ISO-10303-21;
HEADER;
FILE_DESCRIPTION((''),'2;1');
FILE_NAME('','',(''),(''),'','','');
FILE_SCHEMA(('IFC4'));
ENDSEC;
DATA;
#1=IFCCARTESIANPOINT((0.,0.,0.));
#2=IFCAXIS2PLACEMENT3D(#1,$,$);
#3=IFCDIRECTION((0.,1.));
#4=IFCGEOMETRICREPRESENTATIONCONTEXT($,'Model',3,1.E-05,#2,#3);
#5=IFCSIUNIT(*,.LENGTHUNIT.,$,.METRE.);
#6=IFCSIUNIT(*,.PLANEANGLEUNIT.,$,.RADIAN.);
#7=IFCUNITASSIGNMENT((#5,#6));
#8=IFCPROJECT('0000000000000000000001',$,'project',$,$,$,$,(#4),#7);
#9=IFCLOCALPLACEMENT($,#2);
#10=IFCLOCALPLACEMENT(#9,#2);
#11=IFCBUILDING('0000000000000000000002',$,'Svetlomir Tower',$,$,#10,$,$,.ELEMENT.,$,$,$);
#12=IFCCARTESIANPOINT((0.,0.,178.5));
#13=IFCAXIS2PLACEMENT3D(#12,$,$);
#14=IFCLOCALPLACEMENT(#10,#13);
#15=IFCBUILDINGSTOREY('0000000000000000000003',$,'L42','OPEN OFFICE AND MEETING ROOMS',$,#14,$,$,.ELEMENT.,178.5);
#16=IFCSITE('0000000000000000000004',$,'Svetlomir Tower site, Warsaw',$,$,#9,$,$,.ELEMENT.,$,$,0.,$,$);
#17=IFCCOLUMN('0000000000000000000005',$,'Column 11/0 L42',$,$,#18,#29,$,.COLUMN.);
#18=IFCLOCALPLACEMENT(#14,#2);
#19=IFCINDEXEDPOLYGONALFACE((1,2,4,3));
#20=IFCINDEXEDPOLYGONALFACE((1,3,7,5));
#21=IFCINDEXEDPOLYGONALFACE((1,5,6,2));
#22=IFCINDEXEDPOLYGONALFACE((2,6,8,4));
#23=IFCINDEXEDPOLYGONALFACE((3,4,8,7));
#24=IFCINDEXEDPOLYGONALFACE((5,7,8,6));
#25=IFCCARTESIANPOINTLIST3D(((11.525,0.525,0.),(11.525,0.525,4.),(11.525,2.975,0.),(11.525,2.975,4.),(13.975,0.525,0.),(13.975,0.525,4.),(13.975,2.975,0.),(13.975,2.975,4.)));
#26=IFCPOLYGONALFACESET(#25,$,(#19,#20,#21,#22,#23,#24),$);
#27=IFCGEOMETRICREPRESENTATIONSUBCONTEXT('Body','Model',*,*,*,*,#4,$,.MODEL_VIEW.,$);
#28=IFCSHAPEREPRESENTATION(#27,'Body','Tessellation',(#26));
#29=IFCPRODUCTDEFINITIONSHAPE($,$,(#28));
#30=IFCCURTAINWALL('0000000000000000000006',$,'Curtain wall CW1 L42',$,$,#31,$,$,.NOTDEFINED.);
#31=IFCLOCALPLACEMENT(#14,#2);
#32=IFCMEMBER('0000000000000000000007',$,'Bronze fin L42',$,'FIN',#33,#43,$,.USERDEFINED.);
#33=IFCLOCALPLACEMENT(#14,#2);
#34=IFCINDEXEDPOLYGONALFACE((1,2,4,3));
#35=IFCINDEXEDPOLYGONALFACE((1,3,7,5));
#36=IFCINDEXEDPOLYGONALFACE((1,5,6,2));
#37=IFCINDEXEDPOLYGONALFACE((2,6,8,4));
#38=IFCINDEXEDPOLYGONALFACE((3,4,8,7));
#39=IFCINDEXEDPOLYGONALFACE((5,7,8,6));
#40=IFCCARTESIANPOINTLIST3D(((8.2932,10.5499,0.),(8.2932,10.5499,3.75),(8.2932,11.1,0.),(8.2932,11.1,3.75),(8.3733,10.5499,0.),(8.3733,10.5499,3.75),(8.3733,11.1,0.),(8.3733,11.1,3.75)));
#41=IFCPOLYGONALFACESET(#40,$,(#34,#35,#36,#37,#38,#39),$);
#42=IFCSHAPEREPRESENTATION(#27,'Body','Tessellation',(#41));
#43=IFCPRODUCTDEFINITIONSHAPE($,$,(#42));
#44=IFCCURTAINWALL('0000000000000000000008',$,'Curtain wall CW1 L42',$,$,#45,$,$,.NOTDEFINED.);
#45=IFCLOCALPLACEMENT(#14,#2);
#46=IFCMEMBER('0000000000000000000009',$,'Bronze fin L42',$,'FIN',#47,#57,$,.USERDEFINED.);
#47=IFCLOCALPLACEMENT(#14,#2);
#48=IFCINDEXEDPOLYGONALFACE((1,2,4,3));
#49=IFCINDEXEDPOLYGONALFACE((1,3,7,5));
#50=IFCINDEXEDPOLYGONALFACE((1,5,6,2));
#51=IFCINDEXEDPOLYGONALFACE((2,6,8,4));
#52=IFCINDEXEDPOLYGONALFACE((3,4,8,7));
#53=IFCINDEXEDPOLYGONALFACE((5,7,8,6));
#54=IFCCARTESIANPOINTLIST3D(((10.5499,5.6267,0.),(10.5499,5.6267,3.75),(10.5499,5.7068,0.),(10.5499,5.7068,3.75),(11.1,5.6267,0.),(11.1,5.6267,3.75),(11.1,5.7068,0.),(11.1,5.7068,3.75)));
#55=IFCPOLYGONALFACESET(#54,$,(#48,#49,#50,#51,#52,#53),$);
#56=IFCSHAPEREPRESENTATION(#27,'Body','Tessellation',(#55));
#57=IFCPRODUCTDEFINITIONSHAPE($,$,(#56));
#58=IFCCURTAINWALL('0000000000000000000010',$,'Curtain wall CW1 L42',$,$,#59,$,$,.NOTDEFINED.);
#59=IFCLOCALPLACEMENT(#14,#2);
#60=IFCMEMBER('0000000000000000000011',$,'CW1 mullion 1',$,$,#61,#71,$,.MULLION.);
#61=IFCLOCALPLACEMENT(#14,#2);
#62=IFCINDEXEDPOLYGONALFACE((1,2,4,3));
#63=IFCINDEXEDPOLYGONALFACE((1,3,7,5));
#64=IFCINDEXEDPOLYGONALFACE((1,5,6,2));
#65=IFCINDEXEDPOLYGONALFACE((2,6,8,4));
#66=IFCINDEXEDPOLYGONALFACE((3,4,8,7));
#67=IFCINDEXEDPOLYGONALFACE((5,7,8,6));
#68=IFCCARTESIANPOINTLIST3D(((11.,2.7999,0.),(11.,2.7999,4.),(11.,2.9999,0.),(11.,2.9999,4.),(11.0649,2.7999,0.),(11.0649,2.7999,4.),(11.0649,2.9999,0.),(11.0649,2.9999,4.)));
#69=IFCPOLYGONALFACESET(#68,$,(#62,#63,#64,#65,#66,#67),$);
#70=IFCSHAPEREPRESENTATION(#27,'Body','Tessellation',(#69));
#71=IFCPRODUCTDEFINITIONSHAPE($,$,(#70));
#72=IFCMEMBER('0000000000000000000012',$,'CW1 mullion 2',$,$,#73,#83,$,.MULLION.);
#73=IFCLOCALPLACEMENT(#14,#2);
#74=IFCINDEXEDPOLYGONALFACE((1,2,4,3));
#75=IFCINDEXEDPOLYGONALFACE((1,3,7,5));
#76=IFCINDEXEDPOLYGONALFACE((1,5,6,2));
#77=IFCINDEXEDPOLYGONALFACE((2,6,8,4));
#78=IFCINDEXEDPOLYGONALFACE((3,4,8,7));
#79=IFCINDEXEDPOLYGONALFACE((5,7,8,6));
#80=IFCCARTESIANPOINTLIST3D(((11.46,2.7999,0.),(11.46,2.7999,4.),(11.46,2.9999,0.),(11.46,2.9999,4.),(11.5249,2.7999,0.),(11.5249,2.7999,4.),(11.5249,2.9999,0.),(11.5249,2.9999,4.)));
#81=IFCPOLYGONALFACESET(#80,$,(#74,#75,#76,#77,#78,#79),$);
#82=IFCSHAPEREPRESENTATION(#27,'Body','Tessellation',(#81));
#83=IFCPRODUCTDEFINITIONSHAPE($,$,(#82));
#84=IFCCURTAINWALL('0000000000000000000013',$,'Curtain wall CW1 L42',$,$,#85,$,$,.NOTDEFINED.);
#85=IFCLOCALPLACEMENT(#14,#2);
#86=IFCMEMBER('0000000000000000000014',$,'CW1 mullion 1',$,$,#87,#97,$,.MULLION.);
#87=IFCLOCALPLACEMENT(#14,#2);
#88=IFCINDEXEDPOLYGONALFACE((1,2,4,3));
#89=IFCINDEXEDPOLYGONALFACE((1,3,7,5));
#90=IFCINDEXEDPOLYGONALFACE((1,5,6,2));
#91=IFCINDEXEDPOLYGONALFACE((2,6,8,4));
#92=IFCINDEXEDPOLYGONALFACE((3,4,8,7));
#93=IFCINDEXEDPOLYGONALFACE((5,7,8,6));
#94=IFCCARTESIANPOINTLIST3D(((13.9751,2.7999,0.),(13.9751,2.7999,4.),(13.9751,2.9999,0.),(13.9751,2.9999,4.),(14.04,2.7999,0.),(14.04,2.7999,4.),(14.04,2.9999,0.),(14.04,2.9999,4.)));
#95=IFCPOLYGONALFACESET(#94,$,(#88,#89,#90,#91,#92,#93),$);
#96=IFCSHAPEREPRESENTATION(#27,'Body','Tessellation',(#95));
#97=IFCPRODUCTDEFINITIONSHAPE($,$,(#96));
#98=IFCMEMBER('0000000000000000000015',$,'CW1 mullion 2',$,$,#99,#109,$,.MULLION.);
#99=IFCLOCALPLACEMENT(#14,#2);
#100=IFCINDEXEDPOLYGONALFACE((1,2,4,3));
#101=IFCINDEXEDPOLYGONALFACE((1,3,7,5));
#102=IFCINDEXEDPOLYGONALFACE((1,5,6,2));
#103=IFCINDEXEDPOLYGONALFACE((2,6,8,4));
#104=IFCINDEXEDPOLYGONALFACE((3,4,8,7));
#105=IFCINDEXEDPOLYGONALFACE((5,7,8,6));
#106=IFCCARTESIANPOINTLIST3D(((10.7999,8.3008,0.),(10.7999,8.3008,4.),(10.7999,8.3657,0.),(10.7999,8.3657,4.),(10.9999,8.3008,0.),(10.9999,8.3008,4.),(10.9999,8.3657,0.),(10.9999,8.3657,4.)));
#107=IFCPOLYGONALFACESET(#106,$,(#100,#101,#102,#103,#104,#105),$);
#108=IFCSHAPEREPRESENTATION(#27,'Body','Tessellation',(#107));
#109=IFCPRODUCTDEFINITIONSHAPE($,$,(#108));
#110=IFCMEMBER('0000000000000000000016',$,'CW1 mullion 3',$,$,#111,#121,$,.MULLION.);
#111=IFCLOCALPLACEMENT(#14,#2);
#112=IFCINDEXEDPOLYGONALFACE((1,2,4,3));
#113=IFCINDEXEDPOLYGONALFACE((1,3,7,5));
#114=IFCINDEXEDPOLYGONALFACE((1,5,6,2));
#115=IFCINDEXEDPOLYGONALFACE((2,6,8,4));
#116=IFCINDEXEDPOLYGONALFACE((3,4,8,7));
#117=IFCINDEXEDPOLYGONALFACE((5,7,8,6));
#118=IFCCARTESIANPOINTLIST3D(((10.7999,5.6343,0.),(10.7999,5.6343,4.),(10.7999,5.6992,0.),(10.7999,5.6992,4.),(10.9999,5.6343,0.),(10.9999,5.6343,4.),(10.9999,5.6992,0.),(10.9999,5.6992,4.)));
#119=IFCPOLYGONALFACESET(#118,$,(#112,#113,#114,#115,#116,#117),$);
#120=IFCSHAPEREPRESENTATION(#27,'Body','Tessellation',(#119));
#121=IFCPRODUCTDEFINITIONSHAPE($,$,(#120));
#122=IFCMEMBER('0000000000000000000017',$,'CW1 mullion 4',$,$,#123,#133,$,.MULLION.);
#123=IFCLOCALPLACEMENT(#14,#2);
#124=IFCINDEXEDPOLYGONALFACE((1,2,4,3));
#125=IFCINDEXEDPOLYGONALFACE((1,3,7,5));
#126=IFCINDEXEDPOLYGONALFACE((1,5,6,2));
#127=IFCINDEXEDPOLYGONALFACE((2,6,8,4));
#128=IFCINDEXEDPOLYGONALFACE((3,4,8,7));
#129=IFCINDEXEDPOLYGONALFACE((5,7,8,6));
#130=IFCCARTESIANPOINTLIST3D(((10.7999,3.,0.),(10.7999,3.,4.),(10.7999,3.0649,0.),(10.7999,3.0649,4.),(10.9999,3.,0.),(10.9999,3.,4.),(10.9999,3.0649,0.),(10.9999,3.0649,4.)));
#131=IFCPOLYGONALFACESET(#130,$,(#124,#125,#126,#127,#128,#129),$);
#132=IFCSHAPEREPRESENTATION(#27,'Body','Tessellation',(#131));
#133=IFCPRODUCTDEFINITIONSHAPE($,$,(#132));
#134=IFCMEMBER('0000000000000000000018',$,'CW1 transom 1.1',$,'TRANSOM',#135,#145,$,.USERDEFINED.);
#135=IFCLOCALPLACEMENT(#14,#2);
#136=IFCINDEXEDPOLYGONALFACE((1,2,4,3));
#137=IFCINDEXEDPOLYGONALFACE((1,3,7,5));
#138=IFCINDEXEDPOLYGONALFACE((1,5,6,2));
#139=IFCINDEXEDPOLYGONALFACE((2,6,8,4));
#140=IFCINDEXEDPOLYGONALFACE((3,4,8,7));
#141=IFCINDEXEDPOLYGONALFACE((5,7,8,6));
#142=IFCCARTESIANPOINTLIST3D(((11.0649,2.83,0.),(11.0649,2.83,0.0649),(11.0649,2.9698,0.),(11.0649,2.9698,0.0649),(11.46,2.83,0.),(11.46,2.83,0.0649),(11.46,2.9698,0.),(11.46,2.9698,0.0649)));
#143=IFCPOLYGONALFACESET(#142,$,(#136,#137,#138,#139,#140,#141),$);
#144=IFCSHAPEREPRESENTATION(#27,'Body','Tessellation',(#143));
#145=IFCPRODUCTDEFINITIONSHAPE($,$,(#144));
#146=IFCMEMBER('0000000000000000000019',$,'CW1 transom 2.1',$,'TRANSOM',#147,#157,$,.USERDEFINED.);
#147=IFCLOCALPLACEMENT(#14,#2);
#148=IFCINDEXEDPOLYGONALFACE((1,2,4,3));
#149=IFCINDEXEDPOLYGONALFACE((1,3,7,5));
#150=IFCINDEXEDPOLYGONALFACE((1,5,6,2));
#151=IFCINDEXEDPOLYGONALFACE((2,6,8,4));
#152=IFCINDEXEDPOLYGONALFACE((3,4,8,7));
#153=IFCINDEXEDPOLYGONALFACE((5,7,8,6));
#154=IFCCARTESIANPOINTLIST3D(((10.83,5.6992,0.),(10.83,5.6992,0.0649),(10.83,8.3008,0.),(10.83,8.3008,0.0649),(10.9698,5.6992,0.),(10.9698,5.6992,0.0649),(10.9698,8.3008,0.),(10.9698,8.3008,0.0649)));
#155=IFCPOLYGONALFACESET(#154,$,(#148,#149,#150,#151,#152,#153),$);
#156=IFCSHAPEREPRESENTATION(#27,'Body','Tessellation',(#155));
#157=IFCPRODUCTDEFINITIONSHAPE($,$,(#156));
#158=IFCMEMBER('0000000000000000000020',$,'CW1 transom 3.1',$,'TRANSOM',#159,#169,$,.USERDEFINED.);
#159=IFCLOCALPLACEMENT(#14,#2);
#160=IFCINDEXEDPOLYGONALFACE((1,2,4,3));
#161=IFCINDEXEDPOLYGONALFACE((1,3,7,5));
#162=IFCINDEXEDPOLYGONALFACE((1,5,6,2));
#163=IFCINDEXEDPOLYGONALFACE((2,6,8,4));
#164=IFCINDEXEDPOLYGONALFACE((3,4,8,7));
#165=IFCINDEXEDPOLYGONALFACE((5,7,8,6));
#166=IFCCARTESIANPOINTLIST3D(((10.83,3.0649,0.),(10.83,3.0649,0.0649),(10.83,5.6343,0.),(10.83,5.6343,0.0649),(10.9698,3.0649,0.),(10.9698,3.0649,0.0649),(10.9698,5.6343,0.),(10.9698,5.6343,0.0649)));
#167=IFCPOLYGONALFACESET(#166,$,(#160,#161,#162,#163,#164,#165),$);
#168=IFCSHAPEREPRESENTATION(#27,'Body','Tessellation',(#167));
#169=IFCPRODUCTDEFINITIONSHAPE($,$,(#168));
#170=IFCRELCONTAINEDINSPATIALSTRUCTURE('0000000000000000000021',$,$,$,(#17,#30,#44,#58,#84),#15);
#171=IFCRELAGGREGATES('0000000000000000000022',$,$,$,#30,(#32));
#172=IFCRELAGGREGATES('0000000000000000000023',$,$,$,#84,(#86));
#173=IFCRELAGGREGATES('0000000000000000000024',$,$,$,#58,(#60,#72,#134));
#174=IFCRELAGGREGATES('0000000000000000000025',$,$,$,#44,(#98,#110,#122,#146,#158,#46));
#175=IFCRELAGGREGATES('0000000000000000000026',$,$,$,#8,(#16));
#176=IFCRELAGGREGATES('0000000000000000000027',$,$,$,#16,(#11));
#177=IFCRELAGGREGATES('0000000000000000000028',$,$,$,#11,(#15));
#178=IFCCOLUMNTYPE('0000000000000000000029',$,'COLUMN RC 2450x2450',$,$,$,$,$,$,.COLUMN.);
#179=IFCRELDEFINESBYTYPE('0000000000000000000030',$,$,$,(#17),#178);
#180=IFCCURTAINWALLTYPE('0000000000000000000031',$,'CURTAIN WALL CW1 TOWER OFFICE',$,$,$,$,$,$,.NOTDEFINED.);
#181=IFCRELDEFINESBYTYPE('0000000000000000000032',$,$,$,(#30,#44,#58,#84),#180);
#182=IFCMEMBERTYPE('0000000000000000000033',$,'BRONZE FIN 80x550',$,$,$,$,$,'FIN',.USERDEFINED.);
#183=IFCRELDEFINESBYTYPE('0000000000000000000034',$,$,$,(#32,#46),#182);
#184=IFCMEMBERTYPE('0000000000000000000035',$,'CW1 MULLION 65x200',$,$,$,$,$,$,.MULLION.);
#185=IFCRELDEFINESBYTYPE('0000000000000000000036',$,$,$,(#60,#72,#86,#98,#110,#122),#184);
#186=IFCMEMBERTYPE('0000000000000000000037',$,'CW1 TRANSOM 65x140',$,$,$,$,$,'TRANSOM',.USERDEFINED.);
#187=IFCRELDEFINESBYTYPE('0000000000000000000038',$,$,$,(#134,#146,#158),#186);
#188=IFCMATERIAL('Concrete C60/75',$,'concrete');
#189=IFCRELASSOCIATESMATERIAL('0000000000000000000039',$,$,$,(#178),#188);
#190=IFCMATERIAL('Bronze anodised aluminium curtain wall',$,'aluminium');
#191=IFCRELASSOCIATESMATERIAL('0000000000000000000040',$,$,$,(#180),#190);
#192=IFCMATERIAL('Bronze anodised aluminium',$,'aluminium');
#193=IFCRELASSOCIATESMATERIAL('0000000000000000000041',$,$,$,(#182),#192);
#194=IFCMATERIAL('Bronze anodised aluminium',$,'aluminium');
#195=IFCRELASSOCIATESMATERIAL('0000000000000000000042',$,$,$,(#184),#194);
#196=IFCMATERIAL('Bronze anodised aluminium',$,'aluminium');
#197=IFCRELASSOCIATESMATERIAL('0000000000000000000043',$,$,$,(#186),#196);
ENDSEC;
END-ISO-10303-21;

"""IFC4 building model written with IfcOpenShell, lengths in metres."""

from ifc_helpers import new_model, si_unit, direction, frame, origin, origin_2d, place, context, subcontext, project, spatial, rectangle, extrude, material, material_profile, profile_set, type_object, element, aggregate, save


model = new_model("IFC4")

# Units and contexts
model_context = context("Model", 3, precision=1e-05, world=origin(), true_north=direction((0.0, 1.0)))
body_context = subcontext(model_context, "Body", "Model", "MODEL_VIEW")
ifc_project = project(units=[si_unit("LENGTHUNIT", "METRE"), si_unit("PLANEANGLEUNIT", "RADIAN")], contexts=[model_context])

# Site, building, storey
site_placement = place(None, origin())
site = spatial("IfcSite", under=ifc_project, at=site_placement, Name="Svetlomir Tower site, Warsaw", CompositionType="ELEMENT", RefElevation=0.0)
building_placement = place(site_placement, origin())
building = spatial("IfcBuilding", under=site, at=building_placement, Name="Svetlomir Tower", CompositionType="ELEMENT")
storey_placement = place(building_placement, frame((0.0, 0.0, 178.5)))
storey = spatial("IfcBuildingStorey", under=building, at=storey_placement, Name="L42", Description="OPEN OFFICE AND MEETING ROOMS", CompositionType="ELEMENT", Elevation=178.5)

# Column
ifc_material_1 = material(Name="Concrete C60/75", Category="concrete")
ifc_material_profile_1 = material_profile(ifc_material_1, rectangle(XDim=2.45, YDim=2.45, at=origin_2d()), Name="RC 2450x2450")
ifc_profile_set_1 = profile_set([ifc_material_profile_1], Name="Concrete C60/75")
column_type = type_object("IfcColumnType", Name="COLUMN RC 2450x2450", PredefinedType="COLUMN", material=ifc_profile_set_1)
column_placement = place(storey_placement, frame((12.75, 1.75, 0.0), z_axis=(0.0, 0.0, 1.0), x_axis=(1.0, 0.0, 0.0)))
element("IfcColumn", 1, at=column_placement, inside=storey, type_object=column_type, Name="Column 11/0 L42", PredefinedType="COLUMN", context=body_context, shape_type="SweptSolid", body=[
    extrude(rectangle(XDim=2.45, YDim=2.45, at=origin_2d()), origin(), (0.0, 0.0, 1.0), 4.0),
])

# Curtain walls, members
ifc_material_2 = material(Name="Bronze anodised aluminium curtain wall", Category="aluminium")
curtain_wall_type = type_object("IfcCurtainWallType", Name="CURTAIN WALL CW1 TOWER OFFICE", PredefinedType="NOTDEFINED", material=ifc_material_2)
curtain_wall_1_placement = place(storey_placement, origin())
curtain_wall_1 = element("IfcCurtainWall", 2, at=curtain_wall_1_placement, inside=storey, type_object=curtain_wall_type, Name="Curtain wall CW1 L42", PredefinedType="NOTDEFINED")
ifc_material_3 = material(Name="Bronze anodised aluminium", Category="aluminium")
ifc_material_profile_2 = material_profile(ifc_material_3, rectangle(XDim=0.0801, YDim=0.55, at=origin_2d()), Name="FIN 80x550")
ifc_profile_set_2 = profile_set([ifc_material_profile_2], Name="Bronze anodised aluminium 6063-T6")
member_type_1 = type_object("IfcMemberType", Name="BRONZE FIN 80x550", ElementType="FIN", PredefinedType="USERDEFINED", material=ifc_profile_set_2)
member_1_placement = place(storey_placement, frame((8.3333, 10.825, 0.0), z_axis=(0.0, 0.0, 1.0), x_axis=(1.0, 0.0, 0.0)))
member_1 = element("IfcMember", 3, at=member_1_placement, type_object=member_type_1, Name="Bronze fin L42", ObjectType="FIN", PredefinedType="USERDEFINED", context=body_context, shape_type="SweptSolid", body=[
    extrude(rectangle(XDim=0.0801, YDim=0.55, at=origin_2d()), origin(), (0.0, 0.0, 1.0), 3.75),
])
aggregate(curtain_wall_1, [member_1])
curtain_wall_2_placement = place(storey_placement, origin())
curtain_wall_2 = element("IfcCurtainWall", 4, at=curtain_wall_2_placement, inside=storey, type_object=curtain_wall_type, Name="Curtain wall CW1 L42", PredefinedType="NOTDEFINED")
member_2_placement = place(storey_placement, frame((10.825, 5.6667, 0.0), z_axis=(0.0, 0.0, 1.0), x_axis=(0.0, 1.0, 0.0)))
member_2 = element("IfcMember", 5, at=member_2_placement, type_object=member_type_1, Name="Bronze fin L42", ObjectType="FIN", PredefinedType="USERDEFINED", context=body_context, shape_type="SweptSolid", body=[
    extrude(rectangle(XDim=0.0801, YDim=0.55, at=origin_2d()), origin(), (0.0, 0.0, 1.0), 3.75),
])

# Curtain wall, members
curtain_wall_3_placement = place(storey_placement, origin())
curtain_wall_3 = element("IfcCurtainWall", 6, at=curtain_wall_3_placement, inside=storey, type_object=curtain_wall_type, Name="Curtain wall CW1 L42", PredefinedType="NOTDEFINED")
ifc_material_4 = material(Name="Bronze anodised aluminium", Category="aluminium")
ifc_material_profile_3 = material_profile(ifc_material_4, rectangle(XDim=0.0649, YDim=0.2, at=origin_2d()), Name="AL 65x200")
ifc_profile_set_3 = profile_set([ifc_material_profile_3], Name="Bronze anodised aluminium 6063-T6")
member_type_2 = type_object("IfcMemberType", Name="CW1 MULLION 65x200", PredefinedType="MULLION", material=ifc_profile_set_3)
member_3_placement = place(storey_placement, frame((11.0325, 2.8999, 0.0), z_axis=(0.0, 0.0, 1.0), x_axis=(1.0, 0.0, 0.0)))
member_3 = element("IfcMember", 7, at=member_3_placement, type_object=member_type_2, Name="CW1 mullion 1", PredefinedType="MULLION", context=body_context, shape_type="SweptSolid", body=[
    extrude(rectangle(XDim=0.0649, YDim=0.2, at=origin_2d()), origin(), (0.0, 0.0, 1.0), 4.0),
])
member_4_placement = place(storey_placement, frame((11.4924, 2.8999, 0.0), z_axis=(0.0, 0.0, 1.0), x_axis=(1.0, 0.0, 0.0)))
member_4 = element("IfcMember", 8, at=member_4_placement, type_object=member_type_2, Name="CW1 mullion 2", PredefinedType="MULLION", context=body_context, shape_type="SweptSolid", body=[
    extrude(rectangle(XDim=0.0649, YDim=0.2, at=origin_2d()), origin(), (0.0, 0.0, 1.0), 4.0),
])

# Curtain wall, member
curtain_wall_4_placement = place(storey_placement, origin())
curtain_wall_4 = element("IfcCurtainWall", 9, at=curtain_wall_4_placement, inside=storey, type_object=curtain_wall_type, Name="Curtain wall CW1 L42", PredefinedType="NOTDEFINED")
member_5_placement = place(storey_placement, frame((14.0076, 2.8999, 0.0), z_axis=(0.0, 0.0, 1.0), x_axis=(1.0, 0.0, 0.0)))
member_5 = element("IfcMember", 10, at=member_5_placement, type_object=member_type_2, Name="CW1 mullion 1", PredefinedType="MULLION", context=body_context, shape_type="SweptSolid", body=[
    extrude(rectangle(XDim=0.0649, YDim=0.2, at=origin_2d()), origin(), (0.0, 0.0, 1.0), 4.0),
])
aggregate(curtain_wall_4, [member_5])

# Members
member_6_placement = place(storey_placement, frame((10.8999, 8.3333, 0.0), z_axis=(0.0, 0.0, 1.0), x_axis=(0.0, -1.0, 0.0)))
member_6 = element("IfcMember", 11, at=member_6_placement, type_object=member_type_2, Name="CW1 mullion 2", PredefinedType="MULLION", context=body_context, shape_type="SweptSolid", body=[
    extrude(rectangle(XDim=0.0649, YDim=0.2, at=origin_2d()), origin(), (0.0, 0.0, 1.0), 4.0),
])
member_7_placement = place(storey_placement, frame((10.8999, 5.6667, 0.0), z_axis=(0.0, 0.0, 1.0), x_axis=(0.0, -1.0, 0.0)))
member_7 = element("IfcMember", 12, at=member_7_placement, type_object=member_type_2, Name="CW1 mullion 3", PredefinedType="MULLION", context=body_context, shape_type="SweptSolid", body=[
    extrude(rectangle(XDim=0.0649, YDim=0.2, at=origin_2d()), origin(), (0.0, 0.0, 1.0), 4.0),
])
member_8_placement = place(storey_placement, frame((10.8999, 3.0325, 0.0), z_axis=(0.0, 0.0, 1.0), x_axis=(0.0, -1.0, 0.0)))
member_8 = element("IfcMember", 13, at=member_8_placement, type_object=member_type_2, Name="CW1 mullion 4", PredefinedType="MULLION", context=body_context, shape_type="SweptSolid", body=[
    extrude(rectangle(XDim=0.0649, YDim=0.2, at=origin_2d()), origin(), (0.0, 0.0, 1.0), 4.0),
])
ifc_material_5 = material(Name="Bronze anodised aluminium", Category="aluminium")
ifc_material_profile_4 = material_profile(ifc_material_5, rectangle(XDim=0.1399, YDim=0.0649, at=origin_2d()), Name="AL 140x65")
ifc_profile_set_4 = profile_set([ifc_material_profile_4], Name="Bronze anodised aluminium 6063-T6")
member_type_3 = type_object("IfcMemberType", Name="CW1 TRANSOM 65x140", ElementType="TRANSOM", PredefinedType="USERDEFINED", material=ifc_profile_set_4)
member_9_placement = place(storey_placement, frame((11.0649, 2.8999, 0.0325), z_axis=(1.0, 0.0, 0.0), x_axis=(0.0, 1.0, 0.0)))
member_9 = element("IfcMember", 14, at=member_9_placement, type_object=member_type_3, Name="CW1 transom 1.1", ObjectType="TRANSOM", PredefinedType="USERDEFINED", context=body_context, shape_type="SweptSolid", body=[
    extrude(rectangle(XDim=0.1399, YDim=0.0649, at=origin_2d()), origin(), (0.0, 0.0, 1.0), 0.395),
])
member_10_placement = place(storey_placement, frame((10.8999, 8.3008, 0.0325), z_axis=(0.0, -1.0, 0.0), x_axis=(1.0, 0.0, 0.0)))
member_10 = element("IfcMember", 15, at=member_10_placement, type_object=member_type_3, Name="CW1 transom 2.1", ObjectType="TRANSOM", PredefinedType="USERDEFINED", context=body_context, shape_type="SweptSolid", body=[
    extrude(rectangle(XDim=0.1399, YDim=0.0649, at=origin_2d()), origin(), (0.0, 0.0, 1.0), 2.6016),
])
member_11_placement = place(storey_placement, frame((10.8999, 5.6343, 0.0325), z_axis=(0.0, -1.0, 0.0), x_axis=(1.0, 0.0, 0.0)))
member_11 = element("IfcMember", 16, at=member_11_placement, type_object=member_type_3, Name="CW1 transom 3.1", ObjectType="TRANSOM", PredefinedType="USERDEFINED", context=body_context, shape_type="SweptSolid", body=[
    extrude(rectangle(XDim=0.1399, YDim=0.0649, at=origin_2d()), origin(), (0.0, 0.0, 1.0), 2.5693),
])

aggregate(curtain_wall_3, [member_3, member_4, member_9])
aggregate(curtain_wall_2, [member_6, member_7, member_8, member_10, member_11, member_2])

save(model, "model.ifc")
